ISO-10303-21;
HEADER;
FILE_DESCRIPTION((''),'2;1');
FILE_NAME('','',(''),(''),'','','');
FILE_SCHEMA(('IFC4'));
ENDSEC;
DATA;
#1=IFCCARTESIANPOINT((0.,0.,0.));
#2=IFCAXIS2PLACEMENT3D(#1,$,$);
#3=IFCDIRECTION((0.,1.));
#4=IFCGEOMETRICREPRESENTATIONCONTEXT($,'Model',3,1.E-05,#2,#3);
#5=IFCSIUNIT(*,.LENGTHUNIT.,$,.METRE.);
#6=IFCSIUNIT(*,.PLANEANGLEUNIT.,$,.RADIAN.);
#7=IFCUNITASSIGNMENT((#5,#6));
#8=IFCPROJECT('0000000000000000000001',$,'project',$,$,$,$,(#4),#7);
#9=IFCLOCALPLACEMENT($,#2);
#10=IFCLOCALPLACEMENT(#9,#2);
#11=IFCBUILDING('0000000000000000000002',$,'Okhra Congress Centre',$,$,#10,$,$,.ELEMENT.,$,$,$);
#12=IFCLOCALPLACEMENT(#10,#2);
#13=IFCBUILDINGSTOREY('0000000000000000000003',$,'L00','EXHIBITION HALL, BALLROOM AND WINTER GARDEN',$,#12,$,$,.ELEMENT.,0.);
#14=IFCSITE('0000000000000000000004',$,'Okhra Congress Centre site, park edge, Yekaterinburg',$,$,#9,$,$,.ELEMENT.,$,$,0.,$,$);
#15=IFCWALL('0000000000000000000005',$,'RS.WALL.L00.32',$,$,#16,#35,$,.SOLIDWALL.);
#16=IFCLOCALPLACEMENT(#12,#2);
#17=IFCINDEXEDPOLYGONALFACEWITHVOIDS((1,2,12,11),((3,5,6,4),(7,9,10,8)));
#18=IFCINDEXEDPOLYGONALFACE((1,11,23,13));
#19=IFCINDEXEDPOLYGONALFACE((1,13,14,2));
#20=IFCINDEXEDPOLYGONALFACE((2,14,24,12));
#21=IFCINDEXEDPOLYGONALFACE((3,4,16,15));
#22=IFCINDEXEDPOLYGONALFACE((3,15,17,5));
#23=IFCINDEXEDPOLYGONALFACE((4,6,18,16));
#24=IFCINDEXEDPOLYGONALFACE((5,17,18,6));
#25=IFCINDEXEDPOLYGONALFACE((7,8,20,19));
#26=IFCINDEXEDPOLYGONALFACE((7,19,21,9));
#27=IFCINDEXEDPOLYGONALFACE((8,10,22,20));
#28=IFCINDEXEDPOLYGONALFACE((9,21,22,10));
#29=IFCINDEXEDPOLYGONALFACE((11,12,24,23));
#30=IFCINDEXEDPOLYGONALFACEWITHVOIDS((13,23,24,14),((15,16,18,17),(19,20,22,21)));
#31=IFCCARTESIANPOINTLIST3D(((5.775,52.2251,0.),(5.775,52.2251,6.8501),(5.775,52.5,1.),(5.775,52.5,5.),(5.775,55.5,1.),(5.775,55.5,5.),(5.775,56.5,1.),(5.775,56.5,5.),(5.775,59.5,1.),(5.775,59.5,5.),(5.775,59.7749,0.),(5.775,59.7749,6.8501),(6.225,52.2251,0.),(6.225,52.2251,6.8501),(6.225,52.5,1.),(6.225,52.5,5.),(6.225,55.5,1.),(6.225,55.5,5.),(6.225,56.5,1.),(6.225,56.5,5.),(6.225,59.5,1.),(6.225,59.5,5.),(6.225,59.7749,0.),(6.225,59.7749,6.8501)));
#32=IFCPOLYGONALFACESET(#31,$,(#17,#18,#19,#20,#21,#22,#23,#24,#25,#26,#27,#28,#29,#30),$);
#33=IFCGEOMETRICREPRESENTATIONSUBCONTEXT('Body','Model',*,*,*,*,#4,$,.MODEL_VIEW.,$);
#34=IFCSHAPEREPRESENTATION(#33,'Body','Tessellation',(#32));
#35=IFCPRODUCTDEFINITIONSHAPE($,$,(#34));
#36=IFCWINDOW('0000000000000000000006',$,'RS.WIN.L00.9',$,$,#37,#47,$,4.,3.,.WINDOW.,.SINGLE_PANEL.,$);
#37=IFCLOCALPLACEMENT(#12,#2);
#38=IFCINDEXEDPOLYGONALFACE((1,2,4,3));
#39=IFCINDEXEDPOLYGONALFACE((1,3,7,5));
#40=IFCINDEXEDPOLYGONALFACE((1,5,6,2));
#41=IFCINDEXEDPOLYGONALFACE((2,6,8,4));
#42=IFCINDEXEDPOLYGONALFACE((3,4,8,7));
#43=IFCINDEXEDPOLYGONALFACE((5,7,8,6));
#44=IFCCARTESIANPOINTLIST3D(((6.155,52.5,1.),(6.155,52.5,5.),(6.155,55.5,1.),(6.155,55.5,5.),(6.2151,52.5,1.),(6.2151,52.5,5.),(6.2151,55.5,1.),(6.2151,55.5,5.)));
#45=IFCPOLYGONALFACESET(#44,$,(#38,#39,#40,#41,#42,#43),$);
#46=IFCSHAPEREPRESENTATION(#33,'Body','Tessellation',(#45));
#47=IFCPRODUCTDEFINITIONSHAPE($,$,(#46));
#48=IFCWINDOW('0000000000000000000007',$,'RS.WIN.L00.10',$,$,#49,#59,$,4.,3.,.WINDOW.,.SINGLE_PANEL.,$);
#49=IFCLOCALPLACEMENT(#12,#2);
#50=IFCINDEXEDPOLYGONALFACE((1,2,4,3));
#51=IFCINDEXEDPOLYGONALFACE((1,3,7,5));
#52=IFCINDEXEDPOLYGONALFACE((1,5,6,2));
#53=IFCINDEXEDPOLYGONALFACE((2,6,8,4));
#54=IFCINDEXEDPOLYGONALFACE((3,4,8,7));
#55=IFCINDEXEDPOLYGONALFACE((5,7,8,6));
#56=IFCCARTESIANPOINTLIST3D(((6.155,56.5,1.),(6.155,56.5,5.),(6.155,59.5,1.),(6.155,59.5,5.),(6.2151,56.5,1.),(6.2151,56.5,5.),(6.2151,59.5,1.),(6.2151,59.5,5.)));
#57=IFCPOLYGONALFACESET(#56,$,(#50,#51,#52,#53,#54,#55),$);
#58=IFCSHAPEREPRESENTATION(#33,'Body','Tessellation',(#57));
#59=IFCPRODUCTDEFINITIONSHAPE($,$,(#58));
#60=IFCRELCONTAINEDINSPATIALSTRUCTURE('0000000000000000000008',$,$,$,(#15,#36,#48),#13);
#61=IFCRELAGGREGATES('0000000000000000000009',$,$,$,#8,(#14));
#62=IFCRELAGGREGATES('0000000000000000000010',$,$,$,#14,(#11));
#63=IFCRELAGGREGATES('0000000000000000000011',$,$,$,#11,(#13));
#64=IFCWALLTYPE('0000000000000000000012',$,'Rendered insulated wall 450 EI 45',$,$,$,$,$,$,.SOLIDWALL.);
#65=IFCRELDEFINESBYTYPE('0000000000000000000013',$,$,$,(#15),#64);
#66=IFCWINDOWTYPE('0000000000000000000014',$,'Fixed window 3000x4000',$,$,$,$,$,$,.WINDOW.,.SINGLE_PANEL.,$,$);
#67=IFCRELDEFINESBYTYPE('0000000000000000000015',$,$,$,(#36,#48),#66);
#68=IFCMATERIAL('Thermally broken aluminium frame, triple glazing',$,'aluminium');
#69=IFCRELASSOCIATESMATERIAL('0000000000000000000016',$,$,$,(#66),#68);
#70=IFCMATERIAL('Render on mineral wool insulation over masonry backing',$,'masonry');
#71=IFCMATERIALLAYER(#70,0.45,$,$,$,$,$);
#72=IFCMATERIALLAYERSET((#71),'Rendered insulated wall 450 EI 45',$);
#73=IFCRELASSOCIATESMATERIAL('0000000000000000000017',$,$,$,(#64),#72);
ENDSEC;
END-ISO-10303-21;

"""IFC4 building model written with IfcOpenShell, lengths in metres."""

from ifc_helpers import new_model, si_unit, direction, frame, frame_2d, origin, place, context, subcontext, project, spatial, rectangle, extrude, material, layer, layer_set, type_object, element, fill, save


model = new_model("IFC4")

# Units and contexts
model_context = context("Model", 3, precision=1e-05, world=origin(), true_north=direction((0.0, 1.0)))
body_context = subcontext(model_context, "Body", "Model", "MODEL_VIEW")
ifc_project = project(units=[si_unit("LENGTHUNIT", "METRE"), si_unit("PLANEANGLEUNIT", "RADIAN")], contexts=[model_context])

# Site, building, storey
site_placement = place(None, origin())
site = spatial("IfcSite", under=ifc_project, at=site_placement, Name="Okhra Congress Centre site, park edge, Yekaterinburg", CompositionType="ELEMENT", RefElevation=0.0)
building_placement = place(site_placement, origin())
building = spatial("IfcBuilding", under=site, at=building_placement, Name="Okhra Congress Centre", CompositionType="ELEMENT")
storey_placement = place(building_placement, origin())
storey = spatial("IfcBuildingStorey", under=building, at=storey_placement, Name="L00", Description="EXHIBITION HALL, BALLROOM AND WINTER GARDEN", CompositionType="ELEMENT", Elevation=0.0)

# Shared definitions
ifc_material_1 = material(Name="Render on mineral wool insulation over masonry backing", Category="masonry")
ifc_material_2 = material(Name="Thermally broken aluminium frame, triple glazing", Category="aluminium")
window_type = type_object("IfcWindowType", Name="Fixed window 3000x4000", PartitioningType="SINGLE_PANEL", PredefinedType="WINDOW", material=ifc_material_2)

# Wall, openings, windows
ifc_layer_1 = layer(ifc_material_1, 0.45)
ifc_layer_set_1 = layer_set([ifc_layer_1], Name="Rendered insulated wall 450 EI 45")
wall_type_1 = type_object("IfcWallType", Name="Rendered insulated wall 450 EI 45", PredefinedType="SOLIDWALL", material=ifc_layer_set_1)
wall_1_placement = place(storey_placement, frame((6.0, 59.7749, 0.0), z_axis=(0.0, 0.0, 1.0), x_axis=(0.0, -1.0, 0.0)))
wall_1 = element("IfcWall", 1, at=wall_1_placement, inside=storey, type_object=wall_type_1, Name="RS.WALL.L00.32", PredefinedType="SOLIDWALL", context=body_context, shape_type="SweptSolid", body=[
    extrude(rectangle(XDim=7.5498, YDim=0.45, at=frame_2d((3.7749, 0.0))), origin(), (0.0, 0.0, 1.0), 6.8501),
])
opening_1_placement = place(wall_1_placement, frame((4.2749, 0.0, 1.0)))
opening_1 = element("IfcOpeningElement", 2, at=opening_1_placement, cuts=wall_1, PredefinedType="OPENING", context=body_context, shape_type="SweptSolid", body=[
    extrude(rectangle(XDim=3.0, YDim=4.0, at=frame_2d((1.5, 2.0))), frame((0.0, 0.2349, 0.0), z_axis=(0.0, -1.0, 0.0), x_axis=(1.0, 0.0, 0.0)), (0.0, 0.0, 1.0), 0.47),
])
opening_2_placement = place(wall_1_placement, frame((0.2749, 0.0, 1.0)))
opening_2 = element("IfcOpeningElement", 3, at=opening_2_placement, cuts=wall_1, PredefinedType="OPENING", context=body_context, shape_type="SweptSolid", body=[
    extrude(rectangle(XDim=3.0, YDim=4.0, at=frame_2d((1.5, 2.0))), frame((0.0, 0.2349, 0.0), z_axis=(0.0, -1.0, 0.0), x_axis=(1.0, 0.0, 0.0)), (0.0, 0.0, 1.0), 0.47),
])
window_1_placement = place(opening_1_placement, origin())
window_1 = element("IfcWindow", 4, at=window_1_placement, inside=storey, type_object=window_type, Name="RS.WIN.L00.9", OverallHeight=4.0, OverallWidth=3.0, PartitioningType="SINGLE_PANEL", PredefinedType="WINDOW", context=body_context, shape_type="SweptSolid", body=[
    extrude(rectangle(XDim=3.0, YDim=4.0, at=frame_2d((1.5, 2.0))), frame((0.0, 0.2151, 0.0), z_axis=(0.0, -1.0, 0.0), x_axis=(1.0, 0.0, 0.0)), (0.0, 0.0, 1.0), 0.0601),
])
fill(opening_1, window_1)
window_2_placement = place(opening_2_placement, origin())
window_2 = element("IfcWindow", 5, at=window_2_placement, inside=storey, type_object=window_type, Name="RS.WIN.L00.10", OverallHeight=4.0, OverallWidth=3.0, PartitioningType="SINGLE_PANEL", PredefinedType="WINDOW", context=body_context, shape_type="SweptSolid", body=[
    extrude(rectangle(XDim=3.0, YDim=4.0, at=frame_2d((1.5, 2.0))), frame((0.0, 0.2151, 0.0), z_axis=(0.0, -1.0, 0.0), x_axis=(1.0, 0.0, 0.0)), (0.0, 0.0, 1.0), 0.0601),
])
fill(opening_2, window_2)

save(model, "model.ifc")
